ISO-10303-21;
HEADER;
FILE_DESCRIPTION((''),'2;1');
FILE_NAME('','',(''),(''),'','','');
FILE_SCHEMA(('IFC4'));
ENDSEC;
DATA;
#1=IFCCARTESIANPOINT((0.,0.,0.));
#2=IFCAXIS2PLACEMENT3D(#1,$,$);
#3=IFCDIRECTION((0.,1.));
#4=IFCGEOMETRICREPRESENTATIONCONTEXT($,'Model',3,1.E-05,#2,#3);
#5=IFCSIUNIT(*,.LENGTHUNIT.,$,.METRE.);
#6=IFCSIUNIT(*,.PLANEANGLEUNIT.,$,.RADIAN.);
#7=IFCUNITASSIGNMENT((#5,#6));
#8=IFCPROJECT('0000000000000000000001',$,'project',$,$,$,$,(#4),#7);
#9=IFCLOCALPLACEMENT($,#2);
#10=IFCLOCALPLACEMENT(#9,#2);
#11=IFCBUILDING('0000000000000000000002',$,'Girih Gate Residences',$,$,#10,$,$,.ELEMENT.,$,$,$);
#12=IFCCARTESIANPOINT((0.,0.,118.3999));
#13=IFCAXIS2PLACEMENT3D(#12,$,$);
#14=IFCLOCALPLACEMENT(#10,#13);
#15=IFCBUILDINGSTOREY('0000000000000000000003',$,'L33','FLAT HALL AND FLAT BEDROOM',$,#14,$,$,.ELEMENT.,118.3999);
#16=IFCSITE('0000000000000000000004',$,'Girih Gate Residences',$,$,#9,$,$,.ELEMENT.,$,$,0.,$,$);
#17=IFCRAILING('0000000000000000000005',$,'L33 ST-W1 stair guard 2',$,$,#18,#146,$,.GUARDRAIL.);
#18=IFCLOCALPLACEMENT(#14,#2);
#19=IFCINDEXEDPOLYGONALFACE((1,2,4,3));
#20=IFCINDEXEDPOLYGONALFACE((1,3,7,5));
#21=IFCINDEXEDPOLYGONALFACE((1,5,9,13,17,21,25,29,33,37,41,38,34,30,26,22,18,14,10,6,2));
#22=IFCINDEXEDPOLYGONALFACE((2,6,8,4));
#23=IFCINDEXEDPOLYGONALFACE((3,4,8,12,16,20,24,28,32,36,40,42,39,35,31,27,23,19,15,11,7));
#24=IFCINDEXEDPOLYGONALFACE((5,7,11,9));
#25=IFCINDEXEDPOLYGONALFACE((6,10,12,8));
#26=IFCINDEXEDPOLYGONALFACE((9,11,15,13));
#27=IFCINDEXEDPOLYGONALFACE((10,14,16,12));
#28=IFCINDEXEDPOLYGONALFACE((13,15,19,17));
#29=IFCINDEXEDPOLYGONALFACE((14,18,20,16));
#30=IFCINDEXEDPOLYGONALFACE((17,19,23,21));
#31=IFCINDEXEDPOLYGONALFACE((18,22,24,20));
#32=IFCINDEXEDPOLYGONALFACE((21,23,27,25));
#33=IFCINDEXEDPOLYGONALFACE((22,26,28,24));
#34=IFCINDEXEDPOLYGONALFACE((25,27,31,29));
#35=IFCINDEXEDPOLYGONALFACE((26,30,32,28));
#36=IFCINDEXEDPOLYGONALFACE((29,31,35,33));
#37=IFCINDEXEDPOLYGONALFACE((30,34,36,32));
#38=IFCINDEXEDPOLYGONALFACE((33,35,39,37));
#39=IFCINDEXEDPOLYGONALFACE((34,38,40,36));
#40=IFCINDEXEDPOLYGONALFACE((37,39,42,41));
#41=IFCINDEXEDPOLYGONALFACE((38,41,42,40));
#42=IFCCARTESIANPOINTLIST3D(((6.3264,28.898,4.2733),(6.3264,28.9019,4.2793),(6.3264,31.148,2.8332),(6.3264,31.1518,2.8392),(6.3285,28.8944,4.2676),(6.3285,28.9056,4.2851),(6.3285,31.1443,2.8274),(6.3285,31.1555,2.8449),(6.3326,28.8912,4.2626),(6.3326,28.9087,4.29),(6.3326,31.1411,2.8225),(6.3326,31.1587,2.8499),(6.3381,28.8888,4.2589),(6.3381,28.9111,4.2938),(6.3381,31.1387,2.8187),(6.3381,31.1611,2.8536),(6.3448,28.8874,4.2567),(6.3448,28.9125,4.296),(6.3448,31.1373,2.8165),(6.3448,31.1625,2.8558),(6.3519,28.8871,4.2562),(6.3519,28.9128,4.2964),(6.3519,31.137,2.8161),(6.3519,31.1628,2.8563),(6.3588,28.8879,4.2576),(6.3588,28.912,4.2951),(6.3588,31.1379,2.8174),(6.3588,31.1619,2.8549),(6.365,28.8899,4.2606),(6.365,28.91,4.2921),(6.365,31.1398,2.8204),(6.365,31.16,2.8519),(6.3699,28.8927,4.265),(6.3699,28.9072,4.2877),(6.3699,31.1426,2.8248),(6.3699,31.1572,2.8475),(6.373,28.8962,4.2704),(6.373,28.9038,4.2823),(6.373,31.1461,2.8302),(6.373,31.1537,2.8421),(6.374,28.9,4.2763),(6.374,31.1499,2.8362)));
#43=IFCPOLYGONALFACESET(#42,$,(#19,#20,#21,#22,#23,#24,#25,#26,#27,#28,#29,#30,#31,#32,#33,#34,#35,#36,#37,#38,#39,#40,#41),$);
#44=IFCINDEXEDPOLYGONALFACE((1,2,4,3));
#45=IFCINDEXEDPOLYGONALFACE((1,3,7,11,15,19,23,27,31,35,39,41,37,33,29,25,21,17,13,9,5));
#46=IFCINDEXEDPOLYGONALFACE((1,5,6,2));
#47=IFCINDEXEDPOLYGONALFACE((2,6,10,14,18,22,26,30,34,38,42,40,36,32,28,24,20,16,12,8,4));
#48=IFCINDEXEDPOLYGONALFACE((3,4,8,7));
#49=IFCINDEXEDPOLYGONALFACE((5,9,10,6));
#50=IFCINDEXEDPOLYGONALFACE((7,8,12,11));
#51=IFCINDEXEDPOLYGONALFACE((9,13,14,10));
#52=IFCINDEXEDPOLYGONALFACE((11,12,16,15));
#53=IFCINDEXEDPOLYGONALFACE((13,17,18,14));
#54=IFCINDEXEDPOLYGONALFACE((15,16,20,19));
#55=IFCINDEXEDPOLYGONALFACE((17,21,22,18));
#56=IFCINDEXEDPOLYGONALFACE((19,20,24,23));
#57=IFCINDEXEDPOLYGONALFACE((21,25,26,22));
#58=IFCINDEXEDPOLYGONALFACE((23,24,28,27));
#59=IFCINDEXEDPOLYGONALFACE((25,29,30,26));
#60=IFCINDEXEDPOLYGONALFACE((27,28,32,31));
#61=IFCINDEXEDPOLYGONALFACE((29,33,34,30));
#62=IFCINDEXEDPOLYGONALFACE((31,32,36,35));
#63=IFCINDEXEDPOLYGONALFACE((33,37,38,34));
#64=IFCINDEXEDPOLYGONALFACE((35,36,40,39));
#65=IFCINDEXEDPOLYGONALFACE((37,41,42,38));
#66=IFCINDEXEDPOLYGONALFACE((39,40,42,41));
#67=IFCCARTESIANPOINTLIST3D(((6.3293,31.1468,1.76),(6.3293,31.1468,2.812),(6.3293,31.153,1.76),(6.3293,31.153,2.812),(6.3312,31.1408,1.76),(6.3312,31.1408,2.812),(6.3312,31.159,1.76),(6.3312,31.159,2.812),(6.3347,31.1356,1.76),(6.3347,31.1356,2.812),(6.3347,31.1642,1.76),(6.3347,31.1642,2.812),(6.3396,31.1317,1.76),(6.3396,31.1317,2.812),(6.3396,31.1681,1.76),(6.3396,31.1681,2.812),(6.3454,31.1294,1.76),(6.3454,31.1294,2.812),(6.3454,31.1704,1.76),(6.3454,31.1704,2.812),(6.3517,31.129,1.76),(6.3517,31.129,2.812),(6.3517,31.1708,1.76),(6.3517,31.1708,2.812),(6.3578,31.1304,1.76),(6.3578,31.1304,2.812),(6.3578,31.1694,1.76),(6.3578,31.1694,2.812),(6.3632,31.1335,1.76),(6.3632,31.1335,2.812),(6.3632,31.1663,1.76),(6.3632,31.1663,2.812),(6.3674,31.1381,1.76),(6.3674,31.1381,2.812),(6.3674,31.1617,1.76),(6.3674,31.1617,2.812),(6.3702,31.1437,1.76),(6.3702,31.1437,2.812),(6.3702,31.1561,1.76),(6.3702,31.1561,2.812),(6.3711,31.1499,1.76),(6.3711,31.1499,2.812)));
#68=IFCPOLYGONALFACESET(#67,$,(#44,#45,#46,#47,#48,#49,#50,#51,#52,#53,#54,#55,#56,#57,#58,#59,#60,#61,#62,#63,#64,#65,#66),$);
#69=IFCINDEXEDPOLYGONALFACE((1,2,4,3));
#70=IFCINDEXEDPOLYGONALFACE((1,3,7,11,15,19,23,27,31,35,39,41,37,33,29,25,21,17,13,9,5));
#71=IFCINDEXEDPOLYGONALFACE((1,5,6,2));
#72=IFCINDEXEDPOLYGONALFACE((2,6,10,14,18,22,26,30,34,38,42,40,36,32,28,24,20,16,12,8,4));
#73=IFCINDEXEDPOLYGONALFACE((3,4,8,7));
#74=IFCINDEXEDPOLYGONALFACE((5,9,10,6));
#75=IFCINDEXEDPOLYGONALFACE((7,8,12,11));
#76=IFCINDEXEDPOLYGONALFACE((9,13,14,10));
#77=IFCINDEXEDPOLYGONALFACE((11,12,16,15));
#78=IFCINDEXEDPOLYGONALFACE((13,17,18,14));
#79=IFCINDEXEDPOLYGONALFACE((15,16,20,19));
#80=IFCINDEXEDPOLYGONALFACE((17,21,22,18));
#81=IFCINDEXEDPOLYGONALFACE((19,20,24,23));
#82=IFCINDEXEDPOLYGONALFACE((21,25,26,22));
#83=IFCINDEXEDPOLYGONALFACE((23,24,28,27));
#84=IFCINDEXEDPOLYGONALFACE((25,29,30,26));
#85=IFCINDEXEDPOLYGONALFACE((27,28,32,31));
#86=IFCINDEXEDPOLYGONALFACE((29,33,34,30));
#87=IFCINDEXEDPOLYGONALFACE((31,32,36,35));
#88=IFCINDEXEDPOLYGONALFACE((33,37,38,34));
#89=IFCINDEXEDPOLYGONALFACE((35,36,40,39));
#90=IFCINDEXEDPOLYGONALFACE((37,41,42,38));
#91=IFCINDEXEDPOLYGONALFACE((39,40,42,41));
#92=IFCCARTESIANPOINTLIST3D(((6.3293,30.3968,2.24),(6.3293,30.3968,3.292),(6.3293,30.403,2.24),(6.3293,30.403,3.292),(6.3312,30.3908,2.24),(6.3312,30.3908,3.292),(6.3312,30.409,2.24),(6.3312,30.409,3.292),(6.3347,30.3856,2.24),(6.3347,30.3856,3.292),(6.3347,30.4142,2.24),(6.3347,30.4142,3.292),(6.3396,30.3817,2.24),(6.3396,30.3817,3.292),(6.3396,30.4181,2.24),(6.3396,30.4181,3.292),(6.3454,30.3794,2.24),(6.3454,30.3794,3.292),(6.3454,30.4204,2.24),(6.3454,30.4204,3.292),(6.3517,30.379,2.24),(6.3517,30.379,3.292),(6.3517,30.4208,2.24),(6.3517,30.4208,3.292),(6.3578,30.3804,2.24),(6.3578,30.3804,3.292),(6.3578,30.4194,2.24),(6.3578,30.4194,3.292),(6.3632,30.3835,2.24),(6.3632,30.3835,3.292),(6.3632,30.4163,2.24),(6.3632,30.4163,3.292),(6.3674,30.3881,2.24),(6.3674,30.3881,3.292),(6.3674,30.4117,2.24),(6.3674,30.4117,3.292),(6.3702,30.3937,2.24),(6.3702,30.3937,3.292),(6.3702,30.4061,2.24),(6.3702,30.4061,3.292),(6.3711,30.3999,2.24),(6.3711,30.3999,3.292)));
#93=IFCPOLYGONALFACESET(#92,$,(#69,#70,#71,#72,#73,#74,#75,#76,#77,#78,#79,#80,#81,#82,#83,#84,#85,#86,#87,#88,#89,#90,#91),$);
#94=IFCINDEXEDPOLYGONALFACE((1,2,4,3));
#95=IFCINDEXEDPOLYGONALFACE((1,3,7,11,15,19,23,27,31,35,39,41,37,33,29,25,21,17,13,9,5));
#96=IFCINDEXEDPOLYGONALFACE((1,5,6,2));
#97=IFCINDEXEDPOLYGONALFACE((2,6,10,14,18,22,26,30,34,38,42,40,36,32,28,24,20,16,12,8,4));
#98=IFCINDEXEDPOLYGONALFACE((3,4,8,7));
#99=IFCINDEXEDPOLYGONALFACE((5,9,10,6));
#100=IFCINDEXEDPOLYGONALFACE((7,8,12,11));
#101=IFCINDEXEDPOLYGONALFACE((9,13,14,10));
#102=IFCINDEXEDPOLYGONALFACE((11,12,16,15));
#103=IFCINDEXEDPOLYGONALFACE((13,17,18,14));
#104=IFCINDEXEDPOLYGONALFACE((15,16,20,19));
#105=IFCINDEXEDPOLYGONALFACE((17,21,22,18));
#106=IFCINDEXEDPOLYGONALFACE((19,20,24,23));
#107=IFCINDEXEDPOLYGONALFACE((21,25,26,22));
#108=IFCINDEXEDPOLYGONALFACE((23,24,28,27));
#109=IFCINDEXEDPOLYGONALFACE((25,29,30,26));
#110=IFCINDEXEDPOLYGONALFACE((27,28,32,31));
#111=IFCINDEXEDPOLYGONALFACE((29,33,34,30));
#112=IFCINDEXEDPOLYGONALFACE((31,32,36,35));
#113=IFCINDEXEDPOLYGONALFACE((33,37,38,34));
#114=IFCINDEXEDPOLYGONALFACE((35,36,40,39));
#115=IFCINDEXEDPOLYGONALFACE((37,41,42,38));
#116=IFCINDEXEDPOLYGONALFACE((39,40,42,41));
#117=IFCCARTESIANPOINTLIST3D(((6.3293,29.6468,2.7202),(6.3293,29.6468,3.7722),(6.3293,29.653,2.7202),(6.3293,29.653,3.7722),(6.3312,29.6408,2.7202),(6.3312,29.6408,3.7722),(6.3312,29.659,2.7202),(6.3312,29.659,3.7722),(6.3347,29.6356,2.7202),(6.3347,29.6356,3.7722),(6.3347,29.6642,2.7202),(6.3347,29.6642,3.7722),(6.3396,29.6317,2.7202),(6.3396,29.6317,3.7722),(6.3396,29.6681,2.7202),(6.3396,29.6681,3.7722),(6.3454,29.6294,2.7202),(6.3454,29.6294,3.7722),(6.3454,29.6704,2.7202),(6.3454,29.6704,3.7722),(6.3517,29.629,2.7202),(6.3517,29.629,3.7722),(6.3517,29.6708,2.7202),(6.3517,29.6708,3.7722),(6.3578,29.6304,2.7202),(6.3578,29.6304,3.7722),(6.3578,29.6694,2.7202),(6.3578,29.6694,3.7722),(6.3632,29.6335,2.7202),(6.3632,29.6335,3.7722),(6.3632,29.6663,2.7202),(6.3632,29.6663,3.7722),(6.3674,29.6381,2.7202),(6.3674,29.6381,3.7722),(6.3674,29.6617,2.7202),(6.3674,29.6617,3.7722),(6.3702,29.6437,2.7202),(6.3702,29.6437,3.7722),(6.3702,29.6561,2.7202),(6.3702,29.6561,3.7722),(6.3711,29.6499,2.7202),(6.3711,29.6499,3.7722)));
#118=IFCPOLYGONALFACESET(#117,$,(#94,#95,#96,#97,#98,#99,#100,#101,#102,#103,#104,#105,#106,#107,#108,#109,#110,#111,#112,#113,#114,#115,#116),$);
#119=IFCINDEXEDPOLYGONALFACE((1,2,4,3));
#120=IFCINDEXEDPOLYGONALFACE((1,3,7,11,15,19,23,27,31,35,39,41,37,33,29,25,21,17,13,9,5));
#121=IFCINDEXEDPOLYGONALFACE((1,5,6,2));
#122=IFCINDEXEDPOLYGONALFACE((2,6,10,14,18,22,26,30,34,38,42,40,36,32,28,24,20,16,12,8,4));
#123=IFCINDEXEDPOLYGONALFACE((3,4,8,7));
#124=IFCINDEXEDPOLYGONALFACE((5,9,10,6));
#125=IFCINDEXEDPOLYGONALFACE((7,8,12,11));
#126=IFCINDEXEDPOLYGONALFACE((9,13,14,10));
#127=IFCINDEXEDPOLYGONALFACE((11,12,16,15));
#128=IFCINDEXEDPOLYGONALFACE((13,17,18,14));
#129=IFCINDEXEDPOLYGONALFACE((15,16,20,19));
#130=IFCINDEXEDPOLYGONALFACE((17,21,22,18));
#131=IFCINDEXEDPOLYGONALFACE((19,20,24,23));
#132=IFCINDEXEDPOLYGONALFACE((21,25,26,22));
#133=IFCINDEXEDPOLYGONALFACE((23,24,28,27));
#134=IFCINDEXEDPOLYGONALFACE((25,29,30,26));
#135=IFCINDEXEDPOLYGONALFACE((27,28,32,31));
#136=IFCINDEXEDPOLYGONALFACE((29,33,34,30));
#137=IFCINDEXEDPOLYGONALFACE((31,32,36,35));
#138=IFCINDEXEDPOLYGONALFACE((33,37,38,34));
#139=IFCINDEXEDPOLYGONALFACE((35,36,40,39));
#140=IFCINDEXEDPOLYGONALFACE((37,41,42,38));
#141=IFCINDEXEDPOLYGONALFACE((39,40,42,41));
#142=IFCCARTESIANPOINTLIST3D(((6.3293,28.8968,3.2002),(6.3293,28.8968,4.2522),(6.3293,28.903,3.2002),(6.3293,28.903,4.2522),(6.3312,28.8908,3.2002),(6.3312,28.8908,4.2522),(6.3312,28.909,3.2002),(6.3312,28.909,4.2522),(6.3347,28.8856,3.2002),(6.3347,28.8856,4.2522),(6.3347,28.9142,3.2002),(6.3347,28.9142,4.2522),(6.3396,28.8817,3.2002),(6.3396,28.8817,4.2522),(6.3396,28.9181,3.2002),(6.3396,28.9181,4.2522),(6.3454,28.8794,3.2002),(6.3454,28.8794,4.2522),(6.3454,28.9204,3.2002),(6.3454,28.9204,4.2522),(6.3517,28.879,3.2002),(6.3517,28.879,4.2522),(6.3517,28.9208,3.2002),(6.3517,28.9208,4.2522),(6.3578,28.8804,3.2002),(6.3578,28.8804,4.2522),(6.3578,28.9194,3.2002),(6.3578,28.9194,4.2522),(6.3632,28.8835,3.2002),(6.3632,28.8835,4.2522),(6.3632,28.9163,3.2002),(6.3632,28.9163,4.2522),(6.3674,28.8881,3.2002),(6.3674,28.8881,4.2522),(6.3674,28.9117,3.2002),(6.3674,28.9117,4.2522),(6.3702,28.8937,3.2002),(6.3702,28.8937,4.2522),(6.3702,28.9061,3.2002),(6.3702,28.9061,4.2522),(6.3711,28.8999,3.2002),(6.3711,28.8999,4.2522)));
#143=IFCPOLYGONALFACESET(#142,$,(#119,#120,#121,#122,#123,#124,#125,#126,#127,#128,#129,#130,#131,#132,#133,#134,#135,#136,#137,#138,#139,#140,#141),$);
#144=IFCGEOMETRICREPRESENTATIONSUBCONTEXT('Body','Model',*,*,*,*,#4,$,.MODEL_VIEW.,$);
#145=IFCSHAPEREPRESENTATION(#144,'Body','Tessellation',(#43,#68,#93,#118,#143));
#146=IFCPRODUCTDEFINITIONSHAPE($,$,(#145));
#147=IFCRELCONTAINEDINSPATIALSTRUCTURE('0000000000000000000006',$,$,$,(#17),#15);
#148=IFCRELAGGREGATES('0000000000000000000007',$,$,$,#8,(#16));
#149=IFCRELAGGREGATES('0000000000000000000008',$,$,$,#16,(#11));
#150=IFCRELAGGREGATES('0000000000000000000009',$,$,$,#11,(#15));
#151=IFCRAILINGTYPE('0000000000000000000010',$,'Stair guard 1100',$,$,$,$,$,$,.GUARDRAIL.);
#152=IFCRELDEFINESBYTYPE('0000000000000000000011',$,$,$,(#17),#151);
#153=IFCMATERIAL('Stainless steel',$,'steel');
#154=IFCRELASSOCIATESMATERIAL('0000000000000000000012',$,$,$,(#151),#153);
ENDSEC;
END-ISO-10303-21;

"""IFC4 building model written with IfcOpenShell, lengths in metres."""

from ifc_helpers import new_model, si_unit, direction, frame, origin, origin_2d, place, context, subcontext, project, spatial, circle, extrude, material, type_object, element, save


model = new_model("IFC4")

# Units and contexts
model_context = context("Model", 3, precision=1e-05, world=origin(), true_north=direction((0.0, 1.0)))
body_context = subcontext(model_context, "Body", "Model", "MODEL_VIEW")
ifc_project = project(units=[si_unit("LENGTHUNIT", "METRE"), si_unit("PLANEANGLEUNIT", "RADIAN")], contexts=[model_context])

# Site, building, storey
site_placement = place(None, origin())
site = spatial("IfcSite", under=ifc_project, at=site_placement, Name="Girih Gate Residences", CompositionType="ELEMENT", RefElevation=0.0)
building_placement = place(site_placement, origin())
building = spatial("IfcBuilding", under=site, at=building_placement, Name="Girih Gate Residences", CompositionType="ELEMENT")
storey_placement = place(building_placement, frame((0.0, 0.0, 118.3999)))
storey = spatial("IfcBuildingStorey", under=building, at=storey_placement, Name="L33", Description="FLAT HALL AND FLAT BEDROOM", CompositionType="ELEMENT", Elevation=118.3999)

# Shared definitions
ifc_material_1 = material(Name="Stainless steel", Category="steel")

# Railing
railing_type_1 = type_object("IfcRailingType", Name="Stair guard 1100", PredefinedType="GUARDRAIL", material=ifc_material_1)
railing_1_placement = place(storey_placement, frame((6.3501, 31.1499, 1.76)))
element("IfcRailing", 1, at=railing_1_placement, inside=storey, type_object=railing_type_1, Name="L33 ST-W1 stair guard 2", PredefinedType="GUARDRAIL", context=body_context, shape_type="SweptSolid", body=[
    extrude(circle(Radius=0.0239, at=origin_2d()), frame((0.0, 0.0, 1.0762), z_axis=(0.0, -0.84224, 0.539103), x_axis=(1.0, 0.0, 0.0)), (0.0, 0.0, 1.0), 2.6714),
    extrude(circle(Radius=0.021, at=origin_2d()), origin(), (0.0, 0.0, 1.0), 1.052),
    extrude(circle(Radius=0.021, at=origin_2d()), frame((0.0, -0.75, 0.48)), (0.0, 0.0, 1.0), 1.052),
    extrude(circle(Radius=0.021, at=origin_2d()), frame((0.0, -1.5, 0.9602)), (0.0, 0.0, 1.0), 1.052),
    extrude(circle(Radius=0.021, at=origin_2d()), frame((0.0, -2.25, 1.4402)), (0.0, 0.0, 1.0), 1.052),
])

save(model, "model.ifc")
